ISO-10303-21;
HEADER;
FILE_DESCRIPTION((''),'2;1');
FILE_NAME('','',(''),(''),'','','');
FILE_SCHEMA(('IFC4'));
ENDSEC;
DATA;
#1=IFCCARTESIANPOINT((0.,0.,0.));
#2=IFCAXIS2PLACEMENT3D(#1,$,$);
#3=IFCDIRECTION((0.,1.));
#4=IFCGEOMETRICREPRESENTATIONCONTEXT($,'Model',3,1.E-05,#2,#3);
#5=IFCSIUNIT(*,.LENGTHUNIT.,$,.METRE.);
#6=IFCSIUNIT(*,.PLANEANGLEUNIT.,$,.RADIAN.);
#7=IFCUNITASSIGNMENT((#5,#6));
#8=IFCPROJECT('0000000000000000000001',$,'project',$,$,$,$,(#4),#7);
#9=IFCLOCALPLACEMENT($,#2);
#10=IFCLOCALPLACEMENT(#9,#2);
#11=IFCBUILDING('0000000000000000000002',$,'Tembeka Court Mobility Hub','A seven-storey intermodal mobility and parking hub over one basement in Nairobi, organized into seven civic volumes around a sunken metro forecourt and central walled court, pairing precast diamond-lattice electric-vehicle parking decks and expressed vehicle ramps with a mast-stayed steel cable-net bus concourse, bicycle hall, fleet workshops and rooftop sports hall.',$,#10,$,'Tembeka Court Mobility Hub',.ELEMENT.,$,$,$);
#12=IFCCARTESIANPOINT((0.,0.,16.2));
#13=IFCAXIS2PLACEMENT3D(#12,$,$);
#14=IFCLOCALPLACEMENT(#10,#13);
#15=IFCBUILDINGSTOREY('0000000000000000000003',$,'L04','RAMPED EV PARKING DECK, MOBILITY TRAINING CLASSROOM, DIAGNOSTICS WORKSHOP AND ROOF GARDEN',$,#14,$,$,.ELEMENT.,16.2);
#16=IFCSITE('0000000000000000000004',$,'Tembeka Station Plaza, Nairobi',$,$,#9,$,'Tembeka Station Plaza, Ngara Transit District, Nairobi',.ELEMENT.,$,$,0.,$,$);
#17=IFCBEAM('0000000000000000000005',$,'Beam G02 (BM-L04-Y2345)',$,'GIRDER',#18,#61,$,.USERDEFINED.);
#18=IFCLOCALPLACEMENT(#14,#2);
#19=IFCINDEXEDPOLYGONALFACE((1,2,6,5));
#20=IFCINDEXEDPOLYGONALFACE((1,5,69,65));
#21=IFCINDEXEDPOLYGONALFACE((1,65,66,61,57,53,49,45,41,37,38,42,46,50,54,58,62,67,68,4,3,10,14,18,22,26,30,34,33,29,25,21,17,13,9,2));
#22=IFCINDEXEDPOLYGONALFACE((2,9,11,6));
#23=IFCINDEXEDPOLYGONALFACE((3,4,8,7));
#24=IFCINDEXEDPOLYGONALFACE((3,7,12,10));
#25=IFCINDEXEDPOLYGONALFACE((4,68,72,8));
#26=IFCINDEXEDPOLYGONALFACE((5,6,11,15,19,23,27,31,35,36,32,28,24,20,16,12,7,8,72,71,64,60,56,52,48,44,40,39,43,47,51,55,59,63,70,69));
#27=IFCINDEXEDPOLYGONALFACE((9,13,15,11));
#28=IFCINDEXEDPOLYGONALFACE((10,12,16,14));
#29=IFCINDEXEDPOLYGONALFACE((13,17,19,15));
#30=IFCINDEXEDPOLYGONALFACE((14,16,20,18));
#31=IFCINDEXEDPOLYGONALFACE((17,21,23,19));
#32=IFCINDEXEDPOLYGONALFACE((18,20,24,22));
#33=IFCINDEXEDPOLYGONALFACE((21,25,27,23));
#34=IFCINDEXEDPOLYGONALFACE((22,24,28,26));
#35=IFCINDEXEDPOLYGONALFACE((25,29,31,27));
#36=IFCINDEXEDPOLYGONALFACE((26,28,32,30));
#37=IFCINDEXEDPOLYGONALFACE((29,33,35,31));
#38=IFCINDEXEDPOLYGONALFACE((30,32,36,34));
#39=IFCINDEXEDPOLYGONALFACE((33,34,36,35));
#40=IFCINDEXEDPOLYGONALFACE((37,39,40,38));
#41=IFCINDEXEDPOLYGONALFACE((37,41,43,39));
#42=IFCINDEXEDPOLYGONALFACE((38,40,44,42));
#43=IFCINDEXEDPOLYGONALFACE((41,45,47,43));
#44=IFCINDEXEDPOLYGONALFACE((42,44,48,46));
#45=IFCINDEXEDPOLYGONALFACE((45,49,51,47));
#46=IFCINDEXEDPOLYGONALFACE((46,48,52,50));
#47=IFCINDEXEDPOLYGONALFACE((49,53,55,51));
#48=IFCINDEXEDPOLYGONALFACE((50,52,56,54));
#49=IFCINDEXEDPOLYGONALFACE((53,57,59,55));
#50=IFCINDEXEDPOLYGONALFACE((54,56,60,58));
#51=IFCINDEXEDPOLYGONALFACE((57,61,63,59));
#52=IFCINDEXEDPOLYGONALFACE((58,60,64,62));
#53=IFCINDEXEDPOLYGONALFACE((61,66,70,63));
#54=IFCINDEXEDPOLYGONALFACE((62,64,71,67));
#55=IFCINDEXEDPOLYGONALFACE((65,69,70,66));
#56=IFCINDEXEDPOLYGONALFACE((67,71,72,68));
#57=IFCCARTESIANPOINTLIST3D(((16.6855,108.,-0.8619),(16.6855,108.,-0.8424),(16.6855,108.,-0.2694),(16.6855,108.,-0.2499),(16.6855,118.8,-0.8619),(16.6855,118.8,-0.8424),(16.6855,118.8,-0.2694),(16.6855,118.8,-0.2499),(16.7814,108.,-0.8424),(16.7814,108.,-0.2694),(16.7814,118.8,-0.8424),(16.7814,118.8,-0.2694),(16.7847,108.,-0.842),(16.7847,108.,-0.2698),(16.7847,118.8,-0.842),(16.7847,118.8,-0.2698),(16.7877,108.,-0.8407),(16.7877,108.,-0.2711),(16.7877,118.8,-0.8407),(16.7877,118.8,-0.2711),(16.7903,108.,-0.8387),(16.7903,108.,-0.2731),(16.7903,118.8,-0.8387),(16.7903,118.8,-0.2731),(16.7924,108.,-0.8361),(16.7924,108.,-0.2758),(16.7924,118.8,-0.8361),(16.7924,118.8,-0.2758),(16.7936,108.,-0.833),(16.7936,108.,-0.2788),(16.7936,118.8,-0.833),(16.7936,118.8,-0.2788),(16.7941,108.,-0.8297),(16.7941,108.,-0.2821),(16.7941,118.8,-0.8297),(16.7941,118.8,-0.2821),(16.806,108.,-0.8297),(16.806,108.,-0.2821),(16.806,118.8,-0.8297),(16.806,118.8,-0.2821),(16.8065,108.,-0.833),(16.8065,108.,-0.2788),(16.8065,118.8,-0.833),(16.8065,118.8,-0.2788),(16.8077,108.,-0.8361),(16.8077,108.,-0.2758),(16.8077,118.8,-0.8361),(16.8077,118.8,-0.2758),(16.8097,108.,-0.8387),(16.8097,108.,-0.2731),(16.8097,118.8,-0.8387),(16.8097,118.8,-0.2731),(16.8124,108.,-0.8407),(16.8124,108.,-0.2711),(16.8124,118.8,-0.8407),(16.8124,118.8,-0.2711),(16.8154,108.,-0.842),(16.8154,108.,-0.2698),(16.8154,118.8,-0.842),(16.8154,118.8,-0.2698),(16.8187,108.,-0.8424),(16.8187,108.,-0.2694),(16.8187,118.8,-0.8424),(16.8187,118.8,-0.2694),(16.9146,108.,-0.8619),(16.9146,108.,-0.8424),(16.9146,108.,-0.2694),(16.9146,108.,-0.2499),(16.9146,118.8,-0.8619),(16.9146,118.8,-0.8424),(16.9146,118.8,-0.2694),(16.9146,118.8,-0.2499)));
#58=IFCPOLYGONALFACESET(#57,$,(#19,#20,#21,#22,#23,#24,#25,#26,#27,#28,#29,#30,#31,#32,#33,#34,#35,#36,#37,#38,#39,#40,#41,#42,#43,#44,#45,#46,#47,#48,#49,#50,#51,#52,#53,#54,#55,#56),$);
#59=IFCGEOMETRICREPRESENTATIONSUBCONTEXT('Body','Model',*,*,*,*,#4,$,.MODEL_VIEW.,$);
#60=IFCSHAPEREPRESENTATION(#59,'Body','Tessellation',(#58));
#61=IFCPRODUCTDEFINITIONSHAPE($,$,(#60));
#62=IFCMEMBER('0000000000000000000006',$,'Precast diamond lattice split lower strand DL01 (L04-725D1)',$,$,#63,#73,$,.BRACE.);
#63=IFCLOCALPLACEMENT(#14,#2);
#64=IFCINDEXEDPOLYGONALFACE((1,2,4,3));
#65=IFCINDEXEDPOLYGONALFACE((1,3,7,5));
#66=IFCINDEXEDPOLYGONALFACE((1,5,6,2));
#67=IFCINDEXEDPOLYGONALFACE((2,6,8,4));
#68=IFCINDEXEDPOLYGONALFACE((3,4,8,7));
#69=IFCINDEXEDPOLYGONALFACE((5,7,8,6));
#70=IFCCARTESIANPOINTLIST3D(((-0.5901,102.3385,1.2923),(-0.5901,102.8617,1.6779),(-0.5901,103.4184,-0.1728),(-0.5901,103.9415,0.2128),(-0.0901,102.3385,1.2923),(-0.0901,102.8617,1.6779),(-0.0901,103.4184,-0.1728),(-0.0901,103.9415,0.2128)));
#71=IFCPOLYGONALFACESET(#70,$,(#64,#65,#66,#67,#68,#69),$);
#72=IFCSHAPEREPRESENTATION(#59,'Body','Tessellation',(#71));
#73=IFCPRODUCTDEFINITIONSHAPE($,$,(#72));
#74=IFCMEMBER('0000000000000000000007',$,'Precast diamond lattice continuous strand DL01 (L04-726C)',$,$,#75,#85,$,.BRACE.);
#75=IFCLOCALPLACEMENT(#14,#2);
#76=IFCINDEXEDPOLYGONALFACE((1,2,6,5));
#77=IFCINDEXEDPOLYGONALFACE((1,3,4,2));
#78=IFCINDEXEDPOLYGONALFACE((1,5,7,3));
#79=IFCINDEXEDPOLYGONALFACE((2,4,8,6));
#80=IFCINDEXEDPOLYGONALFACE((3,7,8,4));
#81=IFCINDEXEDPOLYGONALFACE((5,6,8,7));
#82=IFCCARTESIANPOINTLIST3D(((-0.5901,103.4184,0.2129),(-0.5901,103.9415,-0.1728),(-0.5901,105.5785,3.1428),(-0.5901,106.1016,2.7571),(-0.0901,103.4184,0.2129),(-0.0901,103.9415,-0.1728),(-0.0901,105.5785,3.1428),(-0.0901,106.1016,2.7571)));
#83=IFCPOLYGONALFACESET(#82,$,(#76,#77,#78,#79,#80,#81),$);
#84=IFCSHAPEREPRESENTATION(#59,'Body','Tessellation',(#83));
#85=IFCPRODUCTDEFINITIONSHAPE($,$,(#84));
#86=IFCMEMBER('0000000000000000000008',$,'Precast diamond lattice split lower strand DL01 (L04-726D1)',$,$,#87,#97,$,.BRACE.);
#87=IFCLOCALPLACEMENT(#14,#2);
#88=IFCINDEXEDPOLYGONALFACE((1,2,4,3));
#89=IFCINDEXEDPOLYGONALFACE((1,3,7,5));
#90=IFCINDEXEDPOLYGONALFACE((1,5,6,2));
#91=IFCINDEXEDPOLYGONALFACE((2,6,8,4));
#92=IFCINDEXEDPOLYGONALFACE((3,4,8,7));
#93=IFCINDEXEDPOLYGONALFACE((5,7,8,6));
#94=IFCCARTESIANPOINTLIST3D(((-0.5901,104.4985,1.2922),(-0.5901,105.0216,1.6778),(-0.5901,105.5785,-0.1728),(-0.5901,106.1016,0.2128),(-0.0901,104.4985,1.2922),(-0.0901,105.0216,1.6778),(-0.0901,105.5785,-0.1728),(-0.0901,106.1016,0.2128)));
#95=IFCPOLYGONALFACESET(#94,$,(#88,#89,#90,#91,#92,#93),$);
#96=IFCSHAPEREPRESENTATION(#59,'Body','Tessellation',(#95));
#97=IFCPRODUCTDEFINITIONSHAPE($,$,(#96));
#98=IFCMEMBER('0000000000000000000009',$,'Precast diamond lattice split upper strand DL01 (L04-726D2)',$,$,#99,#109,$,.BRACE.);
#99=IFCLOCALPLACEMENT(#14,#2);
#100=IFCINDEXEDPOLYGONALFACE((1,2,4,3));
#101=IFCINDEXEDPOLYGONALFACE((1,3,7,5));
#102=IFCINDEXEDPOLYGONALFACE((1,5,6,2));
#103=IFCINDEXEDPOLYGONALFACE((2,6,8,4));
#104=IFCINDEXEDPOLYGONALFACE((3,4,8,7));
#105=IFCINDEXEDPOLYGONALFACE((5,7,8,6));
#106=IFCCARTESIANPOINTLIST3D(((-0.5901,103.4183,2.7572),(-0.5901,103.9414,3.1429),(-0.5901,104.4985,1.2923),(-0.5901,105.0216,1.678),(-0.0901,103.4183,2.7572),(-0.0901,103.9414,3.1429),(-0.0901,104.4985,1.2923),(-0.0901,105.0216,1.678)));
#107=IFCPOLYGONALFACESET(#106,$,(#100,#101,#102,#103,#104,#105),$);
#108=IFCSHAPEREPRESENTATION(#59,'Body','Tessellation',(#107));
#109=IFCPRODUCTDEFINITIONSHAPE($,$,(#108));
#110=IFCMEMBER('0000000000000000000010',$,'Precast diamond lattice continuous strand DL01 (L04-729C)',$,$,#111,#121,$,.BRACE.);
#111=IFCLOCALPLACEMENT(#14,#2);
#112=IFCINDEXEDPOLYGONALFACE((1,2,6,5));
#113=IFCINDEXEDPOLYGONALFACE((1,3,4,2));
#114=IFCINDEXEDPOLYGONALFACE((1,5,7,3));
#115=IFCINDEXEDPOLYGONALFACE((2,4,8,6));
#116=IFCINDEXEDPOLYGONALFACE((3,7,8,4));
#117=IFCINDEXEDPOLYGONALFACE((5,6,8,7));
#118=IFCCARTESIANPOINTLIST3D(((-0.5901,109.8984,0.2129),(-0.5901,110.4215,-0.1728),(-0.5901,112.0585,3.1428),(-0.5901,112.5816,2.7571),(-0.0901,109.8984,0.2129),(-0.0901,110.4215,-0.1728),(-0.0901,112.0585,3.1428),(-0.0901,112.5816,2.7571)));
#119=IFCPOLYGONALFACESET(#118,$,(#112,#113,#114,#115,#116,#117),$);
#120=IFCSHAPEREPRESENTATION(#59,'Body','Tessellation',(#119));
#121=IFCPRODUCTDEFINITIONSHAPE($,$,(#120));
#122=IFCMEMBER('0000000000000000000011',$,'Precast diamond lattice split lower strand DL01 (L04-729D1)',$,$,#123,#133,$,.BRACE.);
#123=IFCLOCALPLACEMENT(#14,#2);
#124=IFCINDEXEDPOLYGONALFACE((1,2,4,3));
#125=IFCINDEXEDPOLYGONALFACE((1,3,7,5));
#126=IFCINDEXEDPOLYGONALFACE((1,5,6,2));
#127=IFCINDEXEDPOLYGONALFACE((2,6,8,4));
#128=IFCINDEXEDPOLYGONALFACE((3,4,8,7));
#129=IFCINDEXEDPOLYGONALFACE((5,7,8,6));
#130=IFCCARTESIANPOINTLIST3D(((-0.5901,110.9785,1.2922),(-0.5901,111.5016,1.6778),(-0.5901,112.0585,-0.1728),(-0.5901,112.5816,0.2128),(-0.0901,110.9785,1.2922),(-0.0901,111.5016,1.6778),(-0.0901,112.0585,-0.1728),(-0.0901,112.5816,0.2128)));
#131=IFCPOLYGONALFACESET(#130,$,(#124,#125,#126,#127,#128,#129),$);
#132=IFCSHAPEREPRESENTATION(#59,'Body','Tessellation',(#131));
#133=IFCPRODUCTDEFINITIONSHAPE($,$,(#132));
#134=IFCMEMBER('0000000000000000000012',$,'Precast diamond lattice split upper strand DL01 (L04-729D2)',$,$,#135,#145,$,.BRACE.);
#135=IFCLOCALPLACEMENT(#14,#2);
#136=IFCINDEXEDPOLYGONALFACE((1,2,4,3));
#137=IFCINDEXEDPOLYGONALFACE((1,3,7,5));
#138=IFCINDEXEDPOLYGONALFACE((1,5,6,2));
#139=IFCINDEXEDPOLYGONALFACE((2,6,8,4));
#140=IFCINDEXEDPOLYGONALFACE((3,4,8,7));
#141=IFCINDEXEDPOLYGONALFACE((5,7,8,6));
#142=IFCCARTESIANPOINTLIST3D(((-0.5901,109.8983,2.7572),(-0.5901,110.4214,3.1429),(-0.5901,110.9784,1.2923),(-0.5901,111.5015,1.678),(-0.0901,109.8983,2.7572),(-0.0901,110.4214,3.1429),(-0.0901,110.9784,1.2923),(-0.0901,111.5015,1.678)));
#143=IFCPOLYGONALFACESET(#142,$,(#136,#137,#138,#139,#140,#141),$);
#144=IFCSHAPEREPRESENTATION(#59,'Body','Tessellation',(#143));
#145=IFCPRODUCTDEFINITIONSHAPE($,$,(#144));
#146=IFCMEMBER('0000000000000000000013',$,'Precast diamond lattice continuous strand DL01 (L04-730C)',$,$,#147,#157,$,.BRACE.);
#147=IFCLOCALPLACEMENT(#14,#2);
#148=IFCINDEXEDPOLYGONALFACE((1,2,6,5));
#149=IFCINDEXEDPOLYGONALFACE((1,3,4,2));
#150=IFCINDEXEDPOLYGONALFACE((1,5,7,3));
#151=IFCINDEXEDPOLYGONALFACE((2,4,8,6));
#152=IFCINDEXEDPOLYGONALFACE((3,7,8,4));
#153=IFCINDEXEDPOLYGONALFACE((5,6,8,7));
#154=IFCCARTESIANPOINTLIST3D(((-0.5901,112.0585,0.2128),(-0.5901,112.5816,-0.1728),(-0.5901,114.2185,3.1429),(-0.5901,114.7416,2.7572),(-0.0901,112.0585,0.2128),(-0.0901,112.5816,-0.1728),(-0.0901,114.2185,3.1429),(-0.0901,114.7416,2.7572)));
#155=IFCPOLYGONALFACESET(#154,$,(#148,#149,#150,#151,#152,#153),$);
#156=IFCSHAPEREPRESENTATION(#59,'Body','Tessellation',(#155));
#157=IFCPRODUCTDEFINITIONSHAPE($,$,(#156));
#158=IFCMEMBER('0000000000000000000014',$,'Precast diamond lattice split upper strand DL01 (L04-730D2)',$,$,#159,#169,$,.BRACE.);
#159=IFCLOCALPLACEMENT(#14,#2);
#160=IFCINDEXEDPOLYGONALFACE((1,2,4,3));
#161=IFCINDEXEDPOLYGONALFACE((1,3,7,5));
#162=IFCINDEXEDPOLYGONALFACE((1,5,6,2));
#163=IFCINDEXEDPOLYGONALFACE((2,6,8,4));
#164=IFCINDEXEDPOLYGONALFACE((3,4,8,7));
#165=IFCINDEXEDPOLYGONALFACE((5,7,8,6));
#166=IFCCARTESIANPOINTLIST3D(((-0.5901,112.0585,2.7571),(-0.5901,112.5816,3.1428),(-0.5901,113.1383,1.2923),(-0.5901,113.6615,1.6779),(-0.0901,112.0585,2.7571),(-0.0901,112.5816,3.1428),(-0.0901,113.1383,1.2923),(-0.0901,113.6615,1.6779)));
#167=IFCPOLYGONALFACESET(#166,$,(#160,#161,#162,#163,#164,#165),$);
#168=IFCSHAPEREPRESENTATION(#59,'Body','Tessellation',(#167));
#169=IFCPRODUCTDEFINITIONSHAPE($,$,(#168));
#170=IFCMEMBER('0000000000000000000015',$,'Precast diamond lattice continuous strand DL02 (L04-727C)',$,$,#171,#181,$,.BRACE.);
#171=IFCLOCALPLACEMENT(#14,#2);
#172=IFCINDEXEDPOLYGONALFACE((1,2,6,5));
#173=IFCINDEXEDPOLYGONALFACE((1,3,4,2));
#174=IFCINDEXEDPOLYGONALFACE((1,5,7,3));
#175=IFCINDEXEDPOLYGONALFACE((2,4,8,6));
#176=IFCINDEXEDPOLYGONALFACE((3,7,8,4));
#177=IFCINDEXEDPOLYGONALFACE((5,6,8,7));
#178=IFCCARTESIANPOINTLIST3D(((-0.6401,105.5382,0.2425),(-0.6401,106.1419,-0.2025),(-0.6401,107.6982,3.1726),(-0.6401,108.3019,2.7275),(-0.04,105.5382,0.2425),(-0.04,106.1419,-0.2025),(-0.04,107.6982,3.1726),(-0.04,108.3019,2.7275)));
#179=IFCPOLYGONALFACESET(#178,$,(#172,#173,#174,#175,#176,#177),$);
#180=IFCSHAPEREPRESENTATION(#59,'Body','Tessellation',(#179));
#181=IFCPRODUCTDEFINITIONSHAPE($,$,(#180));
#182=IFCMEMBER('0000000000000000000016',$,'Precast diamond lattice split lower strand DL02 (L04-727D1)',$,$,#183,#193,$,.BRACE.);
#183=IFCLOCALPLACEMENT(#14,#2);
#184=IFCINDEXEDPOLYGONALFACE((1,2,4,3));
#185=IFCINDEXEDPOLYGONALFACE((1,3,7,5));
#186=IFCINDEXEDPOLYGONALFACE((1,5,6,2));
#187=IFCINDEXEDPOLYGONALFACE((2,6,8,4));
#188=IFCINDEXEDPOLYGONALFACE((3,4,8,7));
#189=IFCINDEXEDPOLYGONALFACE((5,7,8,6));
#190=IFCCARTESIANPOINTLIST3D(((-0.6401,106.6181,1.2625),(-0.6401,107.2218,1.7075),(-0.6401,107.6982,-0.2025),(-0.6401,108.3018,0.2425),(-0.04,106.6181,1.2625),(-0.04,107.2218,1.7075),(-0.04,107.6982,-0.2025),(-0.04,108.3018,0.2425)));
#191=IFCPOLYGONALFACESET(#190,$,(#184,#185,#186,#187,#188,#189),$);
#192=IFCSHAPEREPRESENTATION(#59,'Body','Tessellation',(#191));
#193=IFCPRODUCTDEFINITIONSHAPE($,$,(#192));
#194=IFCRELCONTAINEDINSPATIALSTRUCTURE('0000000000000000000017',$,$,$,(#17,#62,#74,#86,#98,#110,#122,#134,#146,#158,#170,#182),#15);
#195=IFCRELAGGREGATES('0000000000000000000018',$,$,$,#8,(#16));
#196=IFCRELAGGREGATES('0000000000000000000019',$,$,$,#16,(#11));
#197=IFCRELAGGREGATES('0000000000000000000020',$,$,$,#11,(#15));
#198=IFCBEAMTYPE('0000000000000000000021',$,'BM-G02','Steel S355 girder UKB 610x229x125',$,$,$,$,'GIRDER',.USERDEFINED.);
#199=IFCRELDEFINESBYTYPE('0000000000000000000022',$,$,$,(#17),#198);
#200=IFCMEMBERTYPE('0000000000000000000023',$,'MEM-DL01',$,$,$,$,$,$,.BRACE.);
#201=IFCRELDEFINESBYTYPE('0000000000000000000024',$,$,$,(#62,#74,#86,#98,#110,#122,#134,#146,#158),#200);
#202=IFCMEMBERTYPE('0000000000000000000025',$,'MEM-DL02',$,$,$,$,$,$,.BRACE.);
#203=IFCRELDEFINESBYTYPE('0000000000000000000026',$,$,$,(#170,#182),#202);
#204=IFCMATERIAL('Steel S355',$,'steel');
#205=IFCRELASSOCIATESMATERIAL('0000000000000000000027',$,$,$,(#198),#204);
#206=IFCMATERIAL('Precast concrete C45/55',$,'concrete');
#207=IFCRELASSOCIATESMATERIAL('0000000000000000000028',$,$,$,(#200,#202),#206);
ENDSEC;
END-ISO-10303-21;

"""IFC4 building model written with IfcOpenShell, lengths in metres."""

from ifc_helpers import new_model, si_unit, direction, frame, origin, origin_2d, place, context, subcontext, project, spatial, rectangle, i_section, extrude, material, material_profile, profile_set, type_object, element, save


model = new_model("IFC4")

# Units and contexts
model_context = context("Model", 3, precision=1e-05, world=origin(), true_north=direction((0.0, 1.0)))
body_context = subcontext(model_context, "Body", "Model", "MODEL_VIEW")
ifc_project = project(units=[si_unit("LENGTHUNIT", "METRE"), si_unit("PLANEANGLEUNIT", "RADIAN")], contexts=[model_context])

# Site, building, storey
site_placement = place(None, origin())
site = spatial("IfcSite", under=ifc_project, at=site_placement, Name="Tembeka Station Plaza, Nairobi", LongName="Tembeka Station Plaza, Ngara Transit District, Nairobi", CompositionType="ELEMENT", RefElevation=0.0)
building_placement = place(site_placement, origin())
building = spatial("IfcBuilding", under=site, at=building_placement, Name="Tembeka Court Mobility Hub", Description="A seven-storey intermodal mobility and parking hub over one basement in Nairobi, organized into seven civic volumes around a sunken metro forecourt and central walled court, pairing precast diamond-lattice electric-vehicle parking decks and expressed vehicle ramps with a mast-stayed steel cable-net bus concourse, bicycle hall, fleet workshops and rooftop sports hall.", LongName="Tembeka Court Mobility Hub", CompositionType="ELEMENT")
storey_placement = place(building_placement, frame((0.0, 0.0, 16.2)))
storey = spatial("IfcBuildingStorey", under=building, at=storey_placement, Name="L04", Description="RAMPED EV PARKING DECK, MOBILITY TRAINING CLASSROOM, DIAGNOSTICS WORKSHOP AND ROOF GARDEN", CompositionType="ELEMENT", Elevation=16.2)

# Shared definitions
ifc_material_1 = material(Name="Steel S355", Category="steel")

# Beam
ifc_material_profile_1 = material_profile(ifc_material_1, i_section(OverallWidth=0.229, OverallDepth=0.6121, WebThickness=0.012, FlangeThickness=0.0195, FilletRadius=0.0127, at=origin_2d()), Name="UKB 610x229x125")
ifc_profile_set_1 = profile_set([ifc_material_profile_1], Name="Steel S355")
beam_type_1 = type_object("IfcBeamType", Name="BM-G02", Description="Steel S355 girder UKB 610x229x125", ElementType="GIRDER", PredefinedType="USERDEFINED", material=ifc_profile_set_1)
for number, where, z_axis, x_axis, name in (
    (1, (16.8, 108.0, -0.5559), (0.0, 1.0, 0.0), (-1.0, 0.0, 0.0), "Beam G02 (BM-L04-Y2345)"),
):
    element("IfcBeam", number, at=place(storey_placement, frame(where, z_axis=z_axis, x_axis=x_axis)), inside=storey, type_object=beam_type_1, Name=name, ObjectType="GIRDER", PredefinedType="USERDEFINED", context=body_context, shape_type="SweptSolid", body=[
        extrude(i_section(OverallWidth=0.229, OverallDepth=0.6121, WebThickness=0.012, FlangeThickness=0.0195, FilletRadius=0.0127, at=origin_2d()), origin(), (0.0, 0.0, 1.0), 10.8),
    ])

# Members
ifc_material_2 = material(Name="Precast concrete C45/55", Category="concrete")
ifc_material_profile_2 = material_profile(ifc_material_2, rectangle(XDim=0.5, YDim=0.6499, at=origin_2d()), Name="PC-DIAG 500x650")
ifc_profile_set_2 = profile_set([ifc_material_profile_2], Name="Precast concrete C45/55")
member_type_1 = type_object("IfcMemberType", Name="MEM-DL01", PredefinedType="BRACE", material=ifc_profile_set_2)
member_1_placement = place(storey_placement, frame((-0.3401, 103.6799, 0.02), z_axis=(0.0, -0.593304, 0.804978), x_axis=(1.0, 0.0, 0.0)))
element("IfcMember", 2, at=member_1_placement, inside=storey, type_object=member_type_1, Name="Precast diamond lattice split lower strand DL01 (L04-725D1)", PredefinedType="BRACE", context=body_context, shape_type="SweptSolid", body=[
    extrude(rectangle(XDim=0.5, YDim=0.6499, at=origin_2d()), origin(), (0.0, 0.0, 1.0), 1.8201),
])
member_2_placement = place(storey_placement, frame((-0.3401, 103.6799, 0.02), z_axis=(0.0, 0.593423, 0.804891), x_axis=(-1.0, 0.0, 0.0)))
element("IfcMember", 3, at=member_2_placement, inside=storey, type_object=member_type_1, Name="Precast diamond lattice continuous strand DL01 (L04-726C)", PredefinedType="BRACE", context=body_context, shape_type="SweptSolid", body=[
    extrude(rectangle(XDim=0.5, YDim=0.6499, at=origin_2d()), origin(), (0.0, 0.0, 1.0), 3.6401),
])
for number, where, z_axis, x_axis, name in (
    (4, (-0.3401, 105.8401, 0.02), (0.0, -0.593391, 0.804914), (1.0, 0.0, 0.0), "Precast diamond lattice split lower strand DL01 (L04-726D1)"),
    (5, (-0.3401, 104.76, 1.4851), (0.0, -0.593455, 0.804867), (1.0, 0.0, 0.0), "Precast diamond lattice split upper strand DL01 (L04-726D2)"),
):
    element("IfcMember", number, at=place(storey_placement, frame(where, z_axis=z_axis, x_axis=x_axis)), inside=storey, type_object=member_type_1, Name=name, PredefinedType="BRACE", context=body_context, shape_type="SweptSolid", body=[
        extrude(rectangle(XDim=0.5, YDim=0.6499, at=origin_2d()), origin(), (0.0, 0.0, 1.0), 1.8201),
    ])
member_3_placement = place(storey_placement, frame((-0.3401, 110.1599, 0.02), z_axis=(0.0, 0.593423, 0.804891), x_axis=(-1.0, 0.0, 0.0)))
element("IfcMember", 6, at=member_3_placement, inside=storey, type_object=member_type_1, Name="Precast diamond lattice continuous strand DL01 (L04-729C)", PredefinedType="BRACE", context=body_context, shape_type="SweptSolid", body=[
    extrude(rectangle(XDim=0.5, YDim=0.6499, at=origin_2d()), origin(), (0.0, 0.0, 1.0), 3.6401),
])
for number, where, z_axis, x_axis, name in (
    (7, (-0.3401, 112.3201, 0.02), (0.0, -0.593391, 0.804914), (1.0, 0.0, 0.0), "Precast diamond lattice split lower strand DL01 (L04-729D1)"),
    (8, (-0.3401, 111.24, 1.4851), (0.0, -0.593455, 0.804867), (1.0, 0.0, 0.0), "Precast diamond lattice split upper strand DL01 (L04-729D2)"),
):
    element("IfcMember", number, at=place(storey_placement, frame(where, z_axis=z_axis, x_axis=x_axis)), inside=storey, type_object=member_type_1, Name=name, PredefinedType="BRACE", context=body_context, shape_type="SweptSolid", body=[
        extrude(rectangle(XDim=0.5, YDim=0.6499, at=origin_2d()), origin(), (0.0, 0.0, 1.0), 1.8201),
    ])
member_4_placement = place(storey_placement, frame((-0.3401, 112.3201, 0.02), z_axis=(0.0, 0.59338, 0.804923), x_axis=(-1.0, 0.0, 0.0)))
element("IfcMember", 9, at=member_4_placement, inside=storey, type_object=member_type_1, Name="Precast diamond lattice continuous strand DL01 (L04-730C)", PredefinedType="BRACE", context=body_context, shape_type="SweptSolid", body=[
    extrude(rectangle(XDim=0.5, YDim=0.6499, at=origin_2d()), origin(), (0.0, 0.0, 1.0), 3.6401),
])
member_5_placement = place(storey_placement, frame((-0.3401, 113.3999, 1.4851), z_axis=(0.0, -0.593368, 0.804931), x_axis=(1.0, 0.0, 0.0)))
element("IfcMember", 10, at=member_5_placement, inside=storey, type_object=member_type_1, Name="Precast diamond lattice split upper strand DL01 (L04-730D2)", PredefinedType="BRACE", context=body_context, shape_type="SweptSolid", body=[
    extrude(rectangle(XDim=0.5, YDim=0.6499, at=origin_2d()), origin(), (0.0, 0.0, 1.0), 1.8198),
])
ifc_material_profile_3 = material_profile(ifc_material_2, rectangle(XDim=0.6001, YDim=0.75, at=origin_2d()), Name="PC-DIAG 600x750")
ifc_profile_set_3 = profile_set([ifc_material_profile_3], Name="Precast concrete C45/55")
member_type_2 = type_object("IfcMemberType", Name="MEM-DL02", PredefinedType="BRACE", material=ifc_profile_set_3)
member_6_placement = place(storey_placement, frame((-0.3401, 105.8401, 0.02), z_axis=(0.0, 0.59338, 0.804923), x_axis=(-1.0, 0.0, 0.0)))
element("IfcMember", 11, at=member_6_placement, inside=storey, type_object=member_type_2, Name="Precast diamond lattice continuous strand DL02 (L04-727C)", PredefinedType="BRACE", context=body_context, shape_type="SweptSolid", body=[
    extrude(rectangle(XDim=0.6001, YDim=0.75, at=origin_2d()), origin(), (0.0, 0.0, 1.0), 3.6401),
])
member_7_placement = place(storey_placement, frame((-0.3401, 108.0, 0.02), z_axis=(0.0, -0.593391, 0.804914), x_axis=(1.0, 0.0, 0.0)))
element("IfcMember", 12, at=member_7_placement, inside=storey, type_object=member_type_2, Name="Precast diamond lattice split lower strand DL02 (L04-727D1)", PredefinedType="BRACE", context=body_context, shape_type="SweptSolid", body=[
    extrude(rectangle(XDim=0.6001, YDim=0.75, at=origin_2d()), origin(), (0.0, 0.0, 1.0), 1.8201),
])

save(model, "model.ifc")
